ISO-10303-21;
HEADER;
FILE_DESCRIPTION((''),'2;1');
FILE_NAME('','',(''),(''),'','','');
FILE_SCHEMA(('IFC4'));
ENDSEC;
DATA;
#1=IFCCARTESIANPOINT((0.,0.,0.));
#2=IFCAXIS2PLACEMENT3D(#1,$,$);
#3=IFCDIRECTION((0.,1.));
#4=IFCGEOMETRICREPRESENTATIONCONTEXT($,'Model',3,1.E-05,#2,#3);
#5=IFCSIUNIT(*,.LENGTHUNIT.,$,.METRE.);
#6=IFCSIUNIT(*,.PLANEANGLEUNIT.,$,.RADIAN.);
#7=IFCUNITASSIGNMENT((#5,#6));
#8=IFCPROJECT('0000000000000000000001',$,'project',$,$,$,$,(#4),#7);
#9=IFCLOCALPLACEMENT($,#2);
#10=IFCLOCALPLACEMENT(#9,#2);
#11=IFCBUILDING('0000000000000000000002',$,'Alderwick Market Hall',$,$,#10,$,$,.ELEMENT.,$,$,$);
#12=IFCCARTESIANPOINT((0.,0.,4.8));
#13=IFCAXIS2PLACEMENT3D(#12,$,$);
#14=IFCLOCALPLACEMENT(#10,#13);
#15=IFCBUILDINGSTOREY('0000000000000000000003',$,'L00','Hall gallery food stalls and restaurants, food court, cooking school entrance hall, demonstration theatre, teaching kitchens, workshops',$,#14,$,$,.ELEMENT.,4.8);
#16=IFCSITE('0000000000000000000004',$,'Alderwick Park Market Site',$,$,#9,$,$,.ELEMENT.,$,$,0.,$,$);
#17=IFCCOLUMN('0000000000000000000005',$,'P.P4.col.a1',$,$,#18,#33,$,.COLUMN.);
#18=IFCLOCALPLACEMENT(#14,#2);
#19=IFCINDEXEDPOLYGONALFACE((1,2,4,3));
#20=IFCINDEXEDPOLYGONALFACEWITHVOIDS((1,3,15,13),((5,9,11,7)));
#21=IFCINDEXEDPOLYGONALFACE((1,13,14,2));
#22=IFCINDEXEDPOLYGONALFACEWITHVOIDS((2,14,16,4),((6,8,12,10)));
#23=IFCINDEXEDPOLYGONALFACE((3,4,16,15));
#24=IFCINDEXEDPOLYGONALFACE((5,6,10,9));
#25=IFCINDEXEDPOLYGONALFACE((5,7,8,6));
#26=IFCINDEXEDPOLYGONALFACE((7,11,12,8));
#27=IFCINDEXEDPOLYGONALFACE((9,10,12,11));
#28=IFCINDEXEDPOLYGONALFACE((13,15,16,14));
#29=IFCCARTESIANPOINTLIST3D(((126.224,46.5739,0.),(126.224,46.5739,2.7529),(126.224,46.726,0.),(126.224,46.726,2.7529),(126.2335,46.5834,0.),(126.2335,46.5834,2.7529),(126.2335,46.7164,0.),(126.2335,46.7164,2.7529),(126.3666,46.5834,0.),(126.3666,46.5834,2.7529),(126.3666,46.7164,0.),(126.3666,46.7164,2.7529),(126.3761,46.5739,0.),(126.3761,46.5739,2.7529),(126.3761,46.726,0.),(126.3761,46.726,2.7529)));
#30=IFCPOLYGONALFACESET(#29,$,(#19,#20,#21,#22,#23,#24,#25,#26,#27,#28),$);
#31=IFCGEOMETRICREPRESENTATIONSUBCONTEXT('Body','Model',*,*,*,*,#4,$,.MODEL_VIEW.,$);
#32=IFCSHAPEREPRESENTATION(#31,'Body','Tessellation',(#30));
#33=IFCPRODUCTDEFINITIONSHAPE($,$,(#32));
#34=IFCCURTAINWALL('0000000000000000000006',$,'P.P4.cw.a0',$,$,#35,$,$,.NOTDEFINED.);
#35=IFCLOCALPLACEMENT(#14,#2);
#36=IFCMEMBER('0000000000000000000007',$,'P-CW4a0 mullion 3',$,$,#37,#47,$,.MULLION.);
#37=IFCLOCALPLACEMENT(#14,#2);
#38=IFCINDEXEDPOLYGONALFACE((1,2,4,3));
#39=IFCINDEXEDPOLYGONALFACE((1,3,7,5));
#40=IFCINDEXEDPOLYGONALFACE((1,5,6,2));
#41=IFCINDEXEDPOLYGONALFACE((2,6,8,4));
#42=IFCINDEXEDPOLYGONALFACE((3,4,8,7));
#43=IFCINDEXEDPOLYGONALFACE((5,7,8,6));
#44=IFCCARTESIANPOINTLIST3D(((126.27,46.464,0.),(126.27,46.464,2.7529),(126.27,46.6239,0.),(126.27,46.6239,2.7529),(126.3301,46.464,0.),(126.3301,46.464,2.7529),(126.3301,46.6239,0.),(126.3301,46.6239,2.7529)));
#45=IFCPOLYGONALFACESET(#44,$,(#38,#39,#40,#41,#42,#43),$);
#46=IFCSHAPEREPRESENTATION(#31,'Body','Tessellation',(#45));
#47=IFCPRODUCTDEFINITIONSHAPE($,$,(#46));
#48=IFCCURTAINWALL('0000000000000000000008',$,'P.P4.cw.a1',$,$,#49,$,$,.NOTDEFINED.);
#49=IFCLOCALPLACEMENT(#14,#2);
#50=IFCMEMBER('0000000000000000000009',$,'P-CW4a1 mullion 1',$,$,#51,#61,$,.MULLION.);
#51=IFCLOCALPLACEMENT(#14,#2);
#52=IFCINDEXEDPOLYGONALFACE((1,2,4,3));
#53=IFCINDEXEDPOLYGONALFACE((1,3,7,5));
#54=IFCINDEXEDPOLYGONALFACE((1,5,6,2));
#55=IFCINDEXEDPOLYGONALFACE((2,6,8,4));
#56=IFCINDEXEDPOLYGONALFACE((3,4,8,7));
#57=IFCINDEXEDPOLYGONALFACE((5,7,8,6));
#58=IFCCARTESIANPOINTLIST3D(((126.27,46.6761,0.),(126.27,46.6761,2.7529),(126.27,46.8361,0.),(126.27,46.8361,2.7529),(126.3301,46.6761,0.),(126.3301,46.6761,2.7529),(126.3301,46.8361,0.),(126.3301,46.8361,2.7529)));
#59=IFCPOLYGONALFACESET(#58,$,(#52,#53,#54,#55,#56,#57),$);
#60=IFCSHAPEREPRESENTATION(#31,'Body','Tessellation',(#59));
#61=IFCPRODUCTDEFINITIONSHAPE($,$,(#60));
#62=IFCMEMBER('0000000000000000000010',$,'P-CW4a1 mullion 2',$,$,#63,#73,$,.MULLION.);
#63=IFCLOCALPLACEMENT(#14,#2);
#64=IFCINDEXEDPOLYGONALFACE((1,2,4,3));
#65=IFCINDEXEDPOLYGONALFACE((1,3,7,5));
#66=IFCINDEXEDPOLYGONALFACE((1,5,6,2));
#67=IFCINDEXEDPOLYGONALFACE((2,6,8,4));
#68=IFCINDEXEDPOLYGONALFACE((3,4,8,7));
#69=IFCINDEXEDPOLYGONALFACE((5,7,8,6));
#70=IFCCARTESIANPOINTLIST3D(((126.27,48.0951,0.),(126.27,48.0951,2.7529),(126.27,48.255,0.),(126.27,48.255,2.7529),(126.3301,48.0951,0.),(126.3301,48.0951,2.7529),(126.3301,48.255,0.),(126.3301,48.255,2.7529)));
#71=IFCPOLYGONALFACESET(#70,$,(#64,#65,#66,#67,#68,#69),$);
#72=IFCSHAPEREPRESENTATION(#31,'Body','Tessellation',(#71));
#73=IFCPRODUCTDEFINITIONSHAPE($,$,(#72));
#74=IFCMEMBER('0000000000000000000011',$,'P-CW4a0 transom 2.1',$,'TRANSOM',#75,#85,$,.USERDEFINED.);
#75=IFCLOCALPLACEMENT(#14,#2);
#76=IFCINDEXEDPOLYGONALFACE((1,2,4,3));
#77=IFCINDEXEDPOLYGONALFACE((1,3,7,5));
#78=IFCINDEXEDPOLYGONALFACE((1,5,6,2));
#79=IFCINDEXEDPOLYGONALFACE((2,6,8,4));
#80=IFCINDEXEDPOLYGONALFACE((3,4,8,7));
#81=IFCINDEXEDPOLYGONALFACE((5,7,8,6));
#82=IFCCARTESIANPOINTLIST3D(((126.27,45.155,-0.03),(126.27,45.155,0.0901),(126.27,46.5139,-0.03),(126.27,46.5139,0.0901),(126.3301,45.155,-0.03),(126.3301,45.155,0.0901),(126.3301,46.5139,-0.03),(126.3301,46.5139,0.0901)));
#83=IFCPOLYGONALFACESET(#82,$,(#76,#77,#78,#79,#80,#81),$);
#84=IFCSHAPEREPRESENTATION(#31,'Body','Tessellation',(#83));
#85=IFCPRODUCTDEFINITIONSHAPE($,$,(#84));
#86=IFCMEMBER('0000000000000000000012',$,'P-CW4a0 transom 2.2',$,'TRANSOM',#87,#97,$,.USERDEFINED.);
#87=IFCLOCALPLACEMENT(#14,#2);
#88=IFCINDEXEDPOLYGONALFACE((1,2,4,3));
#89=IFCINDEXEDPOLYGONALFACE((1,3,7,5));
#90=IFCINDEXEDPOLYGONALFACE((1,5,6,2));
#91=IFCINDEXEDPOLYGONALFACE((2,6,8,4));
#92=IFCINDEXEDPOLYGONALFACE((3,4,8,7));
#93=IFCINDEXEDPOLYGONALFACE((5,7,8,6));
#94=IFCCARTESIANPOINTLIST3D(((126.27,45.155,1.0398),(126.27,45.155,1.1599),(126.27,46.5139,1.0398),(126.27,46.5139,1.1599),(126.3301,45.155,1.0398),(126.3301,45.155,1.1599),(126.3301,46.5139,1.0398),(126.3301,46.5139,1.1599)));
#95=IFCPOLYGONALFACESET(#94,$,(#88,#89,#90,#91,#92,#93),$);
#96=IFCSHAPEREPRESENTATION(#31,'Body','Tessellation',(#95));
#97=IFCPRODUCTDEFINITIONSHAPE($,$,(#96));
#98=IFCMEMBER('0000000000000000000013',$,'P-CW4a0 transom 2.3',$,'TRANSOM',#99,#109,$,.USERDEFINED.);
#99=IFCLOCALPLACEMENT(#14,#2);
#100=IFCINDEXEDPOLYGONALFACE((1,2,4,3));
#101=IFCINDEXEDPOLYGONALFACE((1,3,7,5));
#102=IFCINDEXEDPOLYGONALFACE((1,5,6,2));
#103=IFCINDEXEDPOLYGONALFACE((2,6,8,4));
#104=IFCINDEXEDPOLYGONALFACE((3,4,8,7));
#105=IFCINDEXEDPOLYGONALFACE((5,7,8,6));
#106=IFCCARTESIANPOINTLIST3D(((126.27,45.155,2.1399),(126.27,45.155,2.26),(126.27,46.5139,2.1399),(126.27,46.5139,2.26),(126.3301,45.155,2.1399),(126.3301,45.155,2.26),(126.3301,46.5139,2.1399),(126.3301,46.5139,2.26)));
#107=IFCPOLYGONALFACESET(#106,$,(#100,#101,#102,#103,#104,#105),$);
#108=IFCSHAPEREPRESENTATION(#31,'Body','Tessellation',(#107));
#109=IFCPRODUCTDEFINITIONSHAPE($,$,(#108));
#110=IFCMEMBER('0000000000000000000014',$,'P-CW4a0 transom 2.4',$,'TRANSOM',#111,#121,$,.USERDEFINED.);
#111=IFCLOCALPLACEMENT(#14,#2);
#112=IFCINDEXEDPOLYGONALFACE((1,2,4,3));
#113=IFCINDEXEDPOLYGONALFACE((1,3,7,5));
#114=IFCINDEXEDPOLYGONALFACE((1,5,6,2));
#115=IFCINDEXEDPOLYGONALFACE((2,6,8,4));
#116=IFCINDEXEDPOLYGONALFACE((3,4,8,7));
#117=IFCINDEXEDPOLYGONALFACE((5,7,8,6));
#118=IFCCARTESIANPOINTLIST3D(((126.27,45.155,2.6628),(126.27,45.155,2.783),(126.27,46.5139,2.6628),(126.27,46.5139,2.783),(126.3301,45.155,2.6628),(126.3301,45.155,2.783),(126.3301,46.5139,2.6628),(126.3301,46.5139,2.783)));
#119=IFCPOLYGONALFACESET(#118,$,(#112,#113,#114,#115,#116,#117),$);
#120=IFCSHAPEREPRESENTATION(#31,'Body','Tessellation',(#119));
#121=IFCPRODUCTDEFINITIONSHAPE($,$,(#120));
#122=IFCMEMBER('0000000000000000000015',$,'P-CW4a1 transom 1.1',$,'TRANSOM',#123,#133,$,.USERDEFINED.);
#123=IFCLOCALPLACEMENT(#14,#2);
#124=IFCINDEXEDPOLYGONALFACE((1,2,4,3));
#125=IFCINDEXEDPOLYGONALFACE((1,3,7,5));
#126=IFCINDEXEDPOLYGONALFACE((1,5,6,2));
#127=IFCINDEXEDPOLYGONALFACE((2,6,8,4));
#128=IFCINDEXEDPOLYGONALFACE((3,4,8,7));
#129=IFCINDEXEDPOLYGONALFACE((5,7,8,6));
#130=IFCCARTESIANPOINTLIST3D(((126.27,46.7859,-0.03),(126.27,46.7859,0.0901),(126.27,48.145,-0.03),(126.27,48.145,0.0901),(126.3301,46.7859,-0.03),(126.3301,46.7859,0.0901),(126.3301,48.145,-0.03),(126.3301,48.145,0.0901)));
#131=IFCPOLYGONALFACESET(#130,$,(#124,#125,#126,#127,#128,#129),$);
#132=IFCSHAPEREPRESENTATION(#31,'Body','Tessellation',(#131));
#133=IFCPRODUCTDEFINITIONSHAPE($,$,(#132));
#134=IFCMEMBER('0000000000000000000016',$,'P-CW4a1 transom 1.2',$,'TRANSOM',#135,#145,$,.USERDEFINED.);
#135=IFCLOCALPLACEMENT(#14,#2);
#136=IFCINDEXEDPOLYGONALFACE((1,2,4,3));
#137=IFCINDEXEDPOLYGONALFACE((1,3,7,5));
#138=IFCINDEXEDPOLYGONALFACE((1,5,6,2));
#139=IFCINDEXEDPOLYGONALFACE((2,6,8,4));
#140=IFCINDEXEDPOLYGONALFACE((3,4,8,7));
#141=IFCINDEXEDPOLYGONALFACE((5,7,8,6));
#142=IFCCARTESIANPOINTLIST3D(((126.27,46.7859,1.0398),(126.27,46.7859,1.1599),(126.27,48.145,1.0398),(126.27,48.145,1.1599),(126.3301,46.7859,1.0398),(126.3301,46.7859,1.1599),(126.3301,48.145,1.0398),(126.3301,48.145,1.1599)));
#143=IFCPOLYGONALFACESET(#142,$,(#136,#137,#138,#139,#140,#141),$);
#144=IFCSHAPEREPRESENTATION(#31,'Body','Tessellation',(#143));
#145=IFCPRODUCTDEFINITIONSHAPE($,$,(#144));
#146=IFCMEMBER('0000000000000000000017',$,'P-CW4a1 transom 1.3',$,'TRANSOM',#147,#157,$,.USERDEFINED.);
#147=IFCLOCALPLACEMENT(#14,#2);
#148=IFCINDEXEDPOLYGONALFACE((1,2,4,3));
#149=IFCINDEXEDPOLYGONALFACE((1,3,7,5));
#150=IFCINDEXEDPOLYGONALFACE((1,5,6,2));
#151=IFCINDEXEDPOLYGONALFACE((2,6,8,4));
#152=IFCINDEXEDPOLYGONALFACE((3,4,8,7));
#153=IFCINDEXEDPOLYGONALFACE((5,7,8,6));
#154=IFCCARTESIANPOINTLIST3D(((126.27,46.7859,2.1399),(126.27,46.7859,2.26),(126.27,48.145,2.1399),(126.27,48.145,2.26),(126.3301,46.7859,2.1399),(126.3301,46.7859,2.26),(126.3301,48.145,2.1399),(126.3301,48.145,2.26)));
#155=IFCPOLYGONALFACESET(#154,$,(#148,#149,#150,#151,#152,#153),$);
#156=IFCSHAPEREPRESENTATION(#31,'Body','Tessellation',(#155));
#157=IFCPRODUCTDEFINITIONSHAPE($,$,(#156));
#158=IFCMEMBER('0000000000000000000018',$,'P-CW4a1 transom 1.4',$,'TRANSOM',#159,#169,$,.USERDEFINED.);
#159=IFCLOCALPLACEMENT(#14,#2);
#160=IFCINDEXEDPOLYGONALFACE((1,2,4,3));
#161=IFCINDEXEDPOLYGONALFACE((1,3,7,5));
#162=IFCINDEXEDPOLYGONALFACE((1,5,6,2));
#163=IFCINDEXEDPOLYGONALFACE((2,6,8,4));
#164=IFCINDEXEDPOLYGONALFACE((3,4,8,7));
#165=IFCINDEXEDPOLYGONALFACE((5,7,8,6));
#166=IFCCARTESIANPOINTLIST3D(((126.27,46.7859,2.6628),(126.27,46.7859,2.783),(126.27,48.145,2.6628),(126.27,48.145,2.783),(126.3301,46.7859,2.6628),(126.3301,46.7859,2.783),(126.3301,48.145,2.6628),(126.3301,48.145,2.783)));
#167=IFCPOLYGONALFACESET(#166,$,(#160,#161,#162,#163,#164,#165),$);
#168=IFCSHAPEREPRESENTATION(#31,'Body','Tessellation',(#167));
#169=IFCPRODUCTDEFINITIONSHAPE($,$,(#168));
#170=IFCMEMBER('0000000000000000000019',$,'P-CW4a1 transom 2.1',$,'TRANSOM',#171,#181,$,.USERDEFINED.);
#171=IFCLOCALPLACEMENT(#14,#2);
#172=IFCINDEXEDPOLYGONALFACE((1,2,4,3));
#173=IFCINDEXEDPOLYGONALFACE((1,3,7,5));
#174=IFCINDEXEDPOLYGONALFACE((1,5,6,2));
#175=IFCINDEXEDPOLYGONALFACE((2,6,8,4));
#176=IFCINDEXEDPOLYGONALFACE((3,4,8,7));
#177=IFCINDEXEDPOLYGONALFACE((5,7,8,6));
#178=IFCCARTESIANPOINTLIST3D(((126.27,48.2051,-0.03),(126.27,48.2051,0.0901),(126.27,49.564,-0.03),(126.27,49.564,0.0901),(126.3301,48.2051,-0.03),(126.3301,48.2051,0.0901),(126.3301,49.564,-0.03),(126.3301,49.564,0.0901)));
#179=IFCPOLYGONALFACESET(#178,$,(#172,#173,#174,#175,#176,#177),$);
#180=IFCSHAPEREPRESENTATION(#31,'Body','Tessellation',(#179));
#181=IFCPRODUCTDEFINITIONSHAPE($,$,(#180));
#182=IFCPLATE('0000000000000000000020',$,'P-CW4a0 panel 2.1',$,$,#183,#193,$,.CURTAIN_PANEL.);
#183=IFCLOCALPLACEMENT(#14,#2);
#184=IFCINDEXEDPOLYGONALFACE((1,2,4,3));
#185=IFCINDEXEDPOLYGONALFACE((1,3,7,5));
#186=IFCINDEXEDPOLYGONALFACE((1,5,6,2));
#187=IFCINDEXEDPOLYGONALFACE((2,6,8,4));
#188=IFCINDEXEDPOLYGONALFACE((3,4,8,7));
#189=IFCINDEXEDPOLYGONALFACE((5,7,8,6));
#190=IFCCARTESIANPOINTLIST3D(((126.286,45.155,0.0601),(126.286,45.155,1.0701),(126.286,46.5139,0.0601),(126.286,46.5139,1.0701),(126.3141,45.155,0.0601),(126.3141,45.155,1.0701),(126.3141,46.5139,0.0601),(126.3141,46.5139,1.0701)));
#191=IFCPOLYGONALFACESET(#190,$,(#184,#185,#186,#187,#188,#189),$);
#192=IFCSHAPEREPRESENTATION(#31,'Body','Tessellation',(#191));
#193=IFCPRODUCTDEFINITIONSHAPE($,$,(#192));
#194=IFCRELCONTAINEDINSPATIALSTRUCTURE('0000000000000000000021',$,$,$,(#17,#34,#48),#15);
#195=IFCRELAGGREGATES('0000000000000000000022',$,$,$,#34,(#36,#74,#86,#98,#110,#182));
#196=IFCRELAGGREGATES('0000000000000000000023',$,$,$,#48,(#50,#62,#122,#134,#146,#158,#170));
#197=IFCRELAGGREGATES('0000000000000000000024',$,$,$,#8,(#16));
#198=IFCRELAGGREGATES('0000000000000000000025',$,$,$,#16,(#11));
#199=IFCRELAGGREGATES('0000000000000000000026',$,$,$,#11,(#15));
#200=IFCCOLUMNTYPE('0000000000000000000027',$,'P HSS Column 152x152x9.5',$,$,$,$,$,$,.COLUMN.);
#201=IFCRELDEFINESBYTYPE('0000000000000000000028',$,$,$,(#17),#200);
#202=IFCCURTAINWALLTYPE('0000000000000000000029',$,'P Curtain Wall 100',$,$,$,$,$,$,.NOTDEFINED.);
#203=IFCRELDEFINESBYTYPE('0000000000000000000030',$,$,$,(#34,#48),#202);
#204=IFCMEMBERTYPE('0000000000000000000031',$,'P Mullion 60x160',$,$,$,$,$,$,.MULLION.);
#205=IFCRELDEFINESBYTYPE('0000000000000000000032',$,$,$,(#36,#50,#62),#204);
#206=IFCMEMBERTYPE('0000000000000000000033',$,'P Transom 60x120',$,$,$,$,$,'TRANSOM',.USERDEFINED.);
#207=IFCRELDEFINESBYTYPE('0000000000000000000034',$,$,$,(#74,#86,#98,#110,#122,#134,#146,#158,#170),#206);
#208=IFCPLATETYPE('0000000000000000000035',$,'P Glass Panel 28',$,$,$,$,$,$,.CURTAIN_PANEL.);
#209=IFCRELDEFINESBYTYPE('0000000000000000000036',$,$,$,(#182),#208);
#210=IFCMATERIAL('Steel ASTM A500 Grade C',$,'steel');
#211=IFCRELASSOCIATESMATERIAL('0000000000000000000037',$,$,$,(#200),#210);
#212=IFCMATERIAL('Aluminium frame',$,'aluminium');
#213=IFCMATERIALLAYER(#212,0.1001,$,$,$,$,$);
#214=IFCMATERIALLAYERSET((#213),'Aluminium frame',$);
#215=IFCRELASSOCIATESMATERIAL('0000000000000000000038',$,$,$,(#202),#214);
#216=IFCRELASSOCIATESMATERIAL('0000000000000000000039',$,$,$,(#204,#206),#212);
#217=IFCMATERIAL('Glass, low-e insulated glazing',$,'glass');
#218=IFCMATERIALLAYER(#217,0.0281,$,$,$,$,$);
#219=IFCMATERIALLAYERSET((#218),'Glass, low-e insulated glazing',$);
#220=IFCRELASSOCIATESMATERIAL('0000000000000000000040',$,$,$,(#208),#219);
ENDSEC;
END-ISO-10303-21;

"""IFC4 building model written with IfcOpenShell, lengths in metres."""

from ifc_helpers import new_model, si_unit, direction, frame, origin, origin_2d, place, context, subcontext, project, spatial, rectangle, hollow_rectangle, extrude, material, layer, layer_set, material_profile, profile_set, type_object, element, aggregate, save


model = new_model("IFC4")

# Units and contexts
model_context = context("Model", 3, precision=1e-05, world=origin(), true_north=direction((0.0, 1.0)))
body_context = subcontext(model_context, "Body", "Model", "MODEL_VIEW")
ifc_project = project(units=[si_unit("LENGTHUNIT", "METRE"), si_unit("PLANEANGLEUNIT", "RADIAN")], contexts=[model_context])

# Site, building, storey
site_placement = place(None, origin())
site = spatial("IfcSite", under=ifc_project, at=site_placement, Name="Alderwick Park Market Site", CompositionType="ELEMENT", RefElevation=0.0)
building_placement = place(site_placement, origin())
building = spatial("IfcBuilding", under=site, at=building_placement, Name="Alderwick Market Hall", CompositionType="ELEMENT")
storey_placement = place(building_placement, frame((0.0, 0.0, 4.8)))
storey = spatial("IfcBuildingStorey", under=building, at=storey_placement, Name="L00", Description="Hall gallery food stalls and restaurants, food court, cooking school entrance hall, demonstration theatre, teaching kitchens, workshops", CompositionType="ELEMENT", Elevation=4.8)

# Column
ifc_material_1 = material(Name="Steel ASTM A500 Grade C", Category="steel")
ifc_material_profile_1 = material_profile(ifc_material_1, hollow_rectangle(XDim=0.1521, YDim=0.1521, WallThickness=0.0095, at=origin_2d()), Name="HSS152x152x9.5")
ifc_profile_set_1 = profile_set([ifc_material_profile_1], Name="Steel ASTM A500 Grade C")
column_type = type_object("IfcColumnType", Name="P HSS Column 152x152x9.5", PredefinedType="COLUMN", material=ifc_profile_set_1)
column_placement = place(storey_placement, frame((126.3, 46.6499, 0.0), z_axis=(0.0, 0.0, 1.0), x_axis=(1.0, 0.0, 0.0)))
element("IfcColumn", 1, at=column_placement, inside=storey, type_object=column_type, Name="P.P4.col.a1", PredefinedType="COLUMN", context=body_context, shape_type="SweptSolid", body=[
    extrude(hollow_rectangle(XDim=0.1521, YDim=0.1521, WallThickness=0.0095, at=origin_2d()), origin(), (0.0, 0.0, 1.0), 2.7529),
])

# Curtain wall, member
ifc_material_2 = material(Name="Aluminium frame", Category="aluminium")
ifc_layer_1 = layer(ifc_material_2, 0.1001)
ifc_layer_set_1 = layer_set([ifc_layer_1], Name="Aluminium frame")
curtain_wall_type = type_object("IfcCurtainWallType", Name="P Curtain Wall 100", PredefinedType="NOTDEFINED", material=ifc_layer_set_1)
curtain_wall_1_placement = place(storey_placement, origin())
curtain_wall_1 = element("IfcCurtainWall", 2, at=curtain_wall_1_placement, inside=storey, type_object=curtain_wall_type, Name="P.P4.cw.a0", PredefinedType="NOTDEFINED")
ifc_material_profile_2 = material_profile(ifc_material_2, rectangle(XDim=0.0601, YDim=0.1599, at=origin_2d()), Name="P Mullion 60x160")
ifc_profile_set_2 = profile_set([ifc_material_profile_2], Name="Aluminium frame")
member_type_1 = type_object("IfcMemberType", Name="P Mullion 60x160", PredefinedType="MULLION", material=ifc_profile_set_2)
member_1_placement = place(storey_placement, frame((126.3, 46.5439, 0.0), z_axis=(0.0, 0.0, 1.0), x_axis=(-1.0, 0.0, 0.0)))
member_1 = element("IfcMember", 3, at=member_1_placement, type_object=member_type_1, Name="P-CW4a0 mullion 3", PredefinedType="MULLION", context=body_context, shape_type="SweptSolid", body=[
    extrude(rectangle(XDim=0.0601, YDim=0.1599, at=origin_2d()), origin(), (0.0, 0.0, 1.0), 2.7529),
])

# Curtain wall, members
curtain_wall_2_placement = place(storey_placement, origin())
curtain_wall_2 = element("IfcCurtainWall", 4, at=curtain_wall_2_placement, inside=storey, type_object=curtain_wall_type, Name="P.P4.cw.a1", PredefinedType="NOTDEFINED")
member_2_placement = place(storey_placement, frame((126.3, 46.7561, 0.0), z_axis=(0.0, 0.0, 1.0), x_axis=(-1.0, 0.0, 0.0)))
member_2 = element("IfcMember", 5, at=member_2_placement, type_object=member_type_1, Name="P-CW4a1 mullion 1", PredefinedType="MULLION", context=body_context, shape_type="SweptSolid", body=[
    extrude(rectangle(XDim=0.0601, YDim=0.1599, at=origin_2d()), origin(), (0.0, 0.0, 1.0), 2.7529),
])
member_3_placement = place(storey_placement, frame((126.3, 48.175, 0.0), z_axis=(0.0, 0.0, 1.0), x_axis=(-1.0, 0.0, 0.0)))
member_3 = element("IfcMember", 6, at=member_3_placement, type_object=member_type_1, Name="P-CW4a1 mullion 2", PredefinedType="MULLION", context=body_context, shape_type="SweptSolid", body=[
    extrude(rectangle(XDim=0.0601, YDim=0.1599, at=origin_2d()), origin(), (0.0, 0.0, 1.0), 2.7529),
])

# Members
ifc_material_profile_3 = material_profile(ifc_material_2, rectangle(XDim=0.0601, YDim=0.1201, at=origin_2d()), Name="P Transom 60x120")
ifc_profile_set_3 = profile_set([ifc_material_profile_3], Name="Aluminium frame")
member_type_2 = type_object("IfcMemberType", Name="P Transom 60x120", ElementType="TRANSOM", PredefinedType="USERDEFINED", material=ifc_profile_set_3)
member_4_placement = place(storey_placement, frame((126.3, 45.155, 0.03), z_axis=(0.0, 1.0, 0.0), x_axis=(-1.0, 0.0, 0.0)))
member_4 = element("IfcMember", 7, at=member_4_placement, type_object=member_type_2, Name="P-CW4a0 transom 2.1", ObjectType="TRANSOM", PredefinedType="USERDEFINED", context=body_context, shape_type="SweptSolid", body=[
    extrude(rectangle(XDim=0.0601, YDim=0.1201, at=origin_2d()), origin(), (0.0, 0.0, 1.0), 1.3589),
])
member_5_placement = place(storey_placement, frame((126.3, 45.155, 1.0999), z_axis=(0.0, 1.0, 0.0), x_axis=(-1.0, 0.0, 0.0)))
member_5 = element("IfcMember", 8, at=member_5_placement, type_object=member_type_2, Name="P-CW4a0 transom 2.2", ObjectType="TRANSOM", PredefinedType="USERDEFINED", context=body_context, shape_type="SweptSolid", body=[
    extrude(rectangle(XDim=0.0601, YDim=0.1201, at=origin_2d()), origin(), (0.0, 0.0, 1.0), 1.3589),
])
member_6_placement = place(storey_placement, frame((126.3, 45.155, 2.2), z_axis=(0.0, 1.0, 0.0), x_axis=(-1.0, 0.0, 0.0)))
member_6 = element("IfcMember", 9, at=member_6_placement, type_object=member_type_2, Name="P-CW4a0 transom 2.3", ObjectType="TRANSOM", PredefinedType="USERDEFINED", context=body_context, shape_type="SweptSolid", body=[
    extrude(rectangle(XDim=0.0601, YDim=0.1201, at=origin_2d()), origin(), (0.0, 0.0, 1.0), 1.3589),
])
member_7_placement = place(storey_placement, frame((126.3, 45.155, 2.7229), z_axis=(0.0, 1.0, 0.0), x_axis=(-1.0, 0.0, 0.0)))
member_7 = element("IfcMember", 10, at=member_7_placement, type_object=member_type_2, Name="P-CW4a0 transom 2.4", ObjectType="TRANSOM", PredefinedType="USERDEFINED", context=body_context, shape_type="SweptSolid", body=[
    extrude(rectangle(XDim=0.0601, YDim=0.1201, at=origin_2d()), origin(), (0.0, 0.0, 1.0), 1.3589),
])
member_8_placement = place(storey_placement, frame((126.3, 46.7859, 0.03), z_axis=(0.0, 1.0, 0.0), x_axis=(-1.0, 0.0, 0.0)))
member_8 = element("IfcMember", 11, at=member_8_placement, type_object=member_type_2, Name="P-CW4a1 transom 1.1", ObjectType="TRANSOM", PredefinedType="USERDEFINED", context=body_context, shape_type="SweptSolid", body=[
    extrude(rectangle(XDim=0.0601, YDim=0.1201, at=origin_2d()), origin(), (0.0, 0.0, 1.0), 1.3591),
])
member_9_placement = place(storey_placement, frame((126.3, 46.7859, 1.0999), z_axis=(0.0, 1.0, 0.0), x_axis=(-1.0, 0.0, 0.0)))
member_9 = element("IfcMember", 12, at=member_9_placement, type_object=member_type_2, Name="P-CW4a1 transom 1.2", ObjectType="TRANSOM", PredefinedType="USERDEFINED", context=body_context, shape_type="SweptSolid", body=[
    extrude(rectangle(XDim=0.0601, YDim=0.1201, at=origin_2d()), origin(), (0.0, 0.0, 1.0), 1.3591),
])
member_10_placement = place(storey_placement, frame((126.3, 46.7859, 2.2), z_axis=(0.0, 1.0, 0.0), x_axis=(-1.0, 0.0, 0.0)))
member_10 = element("IfcMember", 13, at=member_10_placement, type_object=member_type_2, Name="P-CW4a1 transom 1.3", ObjectType="TRANSOM", PredefinedType="USERDEFINED", context=body_context, shape_type="SweptSolid", body=[
    extrude(rectangle(XDim=0.0601, YDim=0.1201, at=origin_2d()), origin(), (0.0, 0.0, 1.0), 1.3591),
])
member_11_placement = place(storey_placement, frame((126.3, 46.7859, 2.7229), z_axis=(0.0, 1.0, 0.0), x_axis=(-1.0, 0.0, 0.0)))
member_11 = element("IfcMember", 14, at=member_11_placement, type_object=member_type_2, Name="P-CW4a1 transom 1.4", ObjectType="TRANSOM", PredefinedType="USERDEFINED", context=body_context, shape_type="SweptSolid", body=[
    extrude(rectangle(XDim=0.0601, YDim=0.1201, at=origin_2d()), origin(), (0.0, 0.0, 1.0), 1.3591),
])
member_12_placement = place(storey_placement, frame((126.3, 48.2051, 0.03), z_axis=(0.0, 1.0, 0.0), x_axis=(-1.0, 0.0, 0.0)))
member_12 = element("IfcMember", 15, at=member_12_placement, type_object=member_type_2, Name="P-CW4a1 transom 2.1", ObjectType="TRANSOM", PredefinedType="USERDEFINED", context=body_context, shape_type="SweptSolid", body=[
    extrude(rectangle(XDim=0.0601, YDim=0.1201, at=origin_2d()), origin(), (0.0, 0.0, 1.0), 1.3589),
])

# Plate
ifc_material_3 = material(Name="Glass, low-e insulated glazing", Category="glass")
ifc_layer_2 = layer(ifc_material_3, 0.0281)
ifc_layer_set_2 = layer_set([ifc_layer_2], Name="Glass, low-e insulated glazing")
plate_type = type_object("IfcPlateType", Name="P Glass Panel 28", PredefinedType="CURTAIN_PANEL", material=ifc_layer_set_2)
plate_1_placement = place(storey_placement, frame((126.3, 45.8345, 0.0601), z_axis=(0.0, 0.0, 1.0), x_axis=(0.0, 1.0, 0.0)))
plate_1 = element("IfcPlate", 16, at=plate_1_placement, type_object=plate_type, Name="P-CW4a0 panel 2.1", PredefinedType="CURTAIN_PANEL", context=body_context, shape_type="SweptSolid", body=[
    extrude(rectangle(XDim=1.3589, YDim=0.0281, at=origin_2d()), origin(), (0.0, 0.0, 1.0), 1.01),
])
aggregate(curtain_wall_1, [member_1, member_4, member_5, member_6, member_7, plate_1])
aggregate(curtain_wall_2, [member_2, member_3, member_8, member_9, member_10, member_11, member_12])

save(model, "model.ifc")
